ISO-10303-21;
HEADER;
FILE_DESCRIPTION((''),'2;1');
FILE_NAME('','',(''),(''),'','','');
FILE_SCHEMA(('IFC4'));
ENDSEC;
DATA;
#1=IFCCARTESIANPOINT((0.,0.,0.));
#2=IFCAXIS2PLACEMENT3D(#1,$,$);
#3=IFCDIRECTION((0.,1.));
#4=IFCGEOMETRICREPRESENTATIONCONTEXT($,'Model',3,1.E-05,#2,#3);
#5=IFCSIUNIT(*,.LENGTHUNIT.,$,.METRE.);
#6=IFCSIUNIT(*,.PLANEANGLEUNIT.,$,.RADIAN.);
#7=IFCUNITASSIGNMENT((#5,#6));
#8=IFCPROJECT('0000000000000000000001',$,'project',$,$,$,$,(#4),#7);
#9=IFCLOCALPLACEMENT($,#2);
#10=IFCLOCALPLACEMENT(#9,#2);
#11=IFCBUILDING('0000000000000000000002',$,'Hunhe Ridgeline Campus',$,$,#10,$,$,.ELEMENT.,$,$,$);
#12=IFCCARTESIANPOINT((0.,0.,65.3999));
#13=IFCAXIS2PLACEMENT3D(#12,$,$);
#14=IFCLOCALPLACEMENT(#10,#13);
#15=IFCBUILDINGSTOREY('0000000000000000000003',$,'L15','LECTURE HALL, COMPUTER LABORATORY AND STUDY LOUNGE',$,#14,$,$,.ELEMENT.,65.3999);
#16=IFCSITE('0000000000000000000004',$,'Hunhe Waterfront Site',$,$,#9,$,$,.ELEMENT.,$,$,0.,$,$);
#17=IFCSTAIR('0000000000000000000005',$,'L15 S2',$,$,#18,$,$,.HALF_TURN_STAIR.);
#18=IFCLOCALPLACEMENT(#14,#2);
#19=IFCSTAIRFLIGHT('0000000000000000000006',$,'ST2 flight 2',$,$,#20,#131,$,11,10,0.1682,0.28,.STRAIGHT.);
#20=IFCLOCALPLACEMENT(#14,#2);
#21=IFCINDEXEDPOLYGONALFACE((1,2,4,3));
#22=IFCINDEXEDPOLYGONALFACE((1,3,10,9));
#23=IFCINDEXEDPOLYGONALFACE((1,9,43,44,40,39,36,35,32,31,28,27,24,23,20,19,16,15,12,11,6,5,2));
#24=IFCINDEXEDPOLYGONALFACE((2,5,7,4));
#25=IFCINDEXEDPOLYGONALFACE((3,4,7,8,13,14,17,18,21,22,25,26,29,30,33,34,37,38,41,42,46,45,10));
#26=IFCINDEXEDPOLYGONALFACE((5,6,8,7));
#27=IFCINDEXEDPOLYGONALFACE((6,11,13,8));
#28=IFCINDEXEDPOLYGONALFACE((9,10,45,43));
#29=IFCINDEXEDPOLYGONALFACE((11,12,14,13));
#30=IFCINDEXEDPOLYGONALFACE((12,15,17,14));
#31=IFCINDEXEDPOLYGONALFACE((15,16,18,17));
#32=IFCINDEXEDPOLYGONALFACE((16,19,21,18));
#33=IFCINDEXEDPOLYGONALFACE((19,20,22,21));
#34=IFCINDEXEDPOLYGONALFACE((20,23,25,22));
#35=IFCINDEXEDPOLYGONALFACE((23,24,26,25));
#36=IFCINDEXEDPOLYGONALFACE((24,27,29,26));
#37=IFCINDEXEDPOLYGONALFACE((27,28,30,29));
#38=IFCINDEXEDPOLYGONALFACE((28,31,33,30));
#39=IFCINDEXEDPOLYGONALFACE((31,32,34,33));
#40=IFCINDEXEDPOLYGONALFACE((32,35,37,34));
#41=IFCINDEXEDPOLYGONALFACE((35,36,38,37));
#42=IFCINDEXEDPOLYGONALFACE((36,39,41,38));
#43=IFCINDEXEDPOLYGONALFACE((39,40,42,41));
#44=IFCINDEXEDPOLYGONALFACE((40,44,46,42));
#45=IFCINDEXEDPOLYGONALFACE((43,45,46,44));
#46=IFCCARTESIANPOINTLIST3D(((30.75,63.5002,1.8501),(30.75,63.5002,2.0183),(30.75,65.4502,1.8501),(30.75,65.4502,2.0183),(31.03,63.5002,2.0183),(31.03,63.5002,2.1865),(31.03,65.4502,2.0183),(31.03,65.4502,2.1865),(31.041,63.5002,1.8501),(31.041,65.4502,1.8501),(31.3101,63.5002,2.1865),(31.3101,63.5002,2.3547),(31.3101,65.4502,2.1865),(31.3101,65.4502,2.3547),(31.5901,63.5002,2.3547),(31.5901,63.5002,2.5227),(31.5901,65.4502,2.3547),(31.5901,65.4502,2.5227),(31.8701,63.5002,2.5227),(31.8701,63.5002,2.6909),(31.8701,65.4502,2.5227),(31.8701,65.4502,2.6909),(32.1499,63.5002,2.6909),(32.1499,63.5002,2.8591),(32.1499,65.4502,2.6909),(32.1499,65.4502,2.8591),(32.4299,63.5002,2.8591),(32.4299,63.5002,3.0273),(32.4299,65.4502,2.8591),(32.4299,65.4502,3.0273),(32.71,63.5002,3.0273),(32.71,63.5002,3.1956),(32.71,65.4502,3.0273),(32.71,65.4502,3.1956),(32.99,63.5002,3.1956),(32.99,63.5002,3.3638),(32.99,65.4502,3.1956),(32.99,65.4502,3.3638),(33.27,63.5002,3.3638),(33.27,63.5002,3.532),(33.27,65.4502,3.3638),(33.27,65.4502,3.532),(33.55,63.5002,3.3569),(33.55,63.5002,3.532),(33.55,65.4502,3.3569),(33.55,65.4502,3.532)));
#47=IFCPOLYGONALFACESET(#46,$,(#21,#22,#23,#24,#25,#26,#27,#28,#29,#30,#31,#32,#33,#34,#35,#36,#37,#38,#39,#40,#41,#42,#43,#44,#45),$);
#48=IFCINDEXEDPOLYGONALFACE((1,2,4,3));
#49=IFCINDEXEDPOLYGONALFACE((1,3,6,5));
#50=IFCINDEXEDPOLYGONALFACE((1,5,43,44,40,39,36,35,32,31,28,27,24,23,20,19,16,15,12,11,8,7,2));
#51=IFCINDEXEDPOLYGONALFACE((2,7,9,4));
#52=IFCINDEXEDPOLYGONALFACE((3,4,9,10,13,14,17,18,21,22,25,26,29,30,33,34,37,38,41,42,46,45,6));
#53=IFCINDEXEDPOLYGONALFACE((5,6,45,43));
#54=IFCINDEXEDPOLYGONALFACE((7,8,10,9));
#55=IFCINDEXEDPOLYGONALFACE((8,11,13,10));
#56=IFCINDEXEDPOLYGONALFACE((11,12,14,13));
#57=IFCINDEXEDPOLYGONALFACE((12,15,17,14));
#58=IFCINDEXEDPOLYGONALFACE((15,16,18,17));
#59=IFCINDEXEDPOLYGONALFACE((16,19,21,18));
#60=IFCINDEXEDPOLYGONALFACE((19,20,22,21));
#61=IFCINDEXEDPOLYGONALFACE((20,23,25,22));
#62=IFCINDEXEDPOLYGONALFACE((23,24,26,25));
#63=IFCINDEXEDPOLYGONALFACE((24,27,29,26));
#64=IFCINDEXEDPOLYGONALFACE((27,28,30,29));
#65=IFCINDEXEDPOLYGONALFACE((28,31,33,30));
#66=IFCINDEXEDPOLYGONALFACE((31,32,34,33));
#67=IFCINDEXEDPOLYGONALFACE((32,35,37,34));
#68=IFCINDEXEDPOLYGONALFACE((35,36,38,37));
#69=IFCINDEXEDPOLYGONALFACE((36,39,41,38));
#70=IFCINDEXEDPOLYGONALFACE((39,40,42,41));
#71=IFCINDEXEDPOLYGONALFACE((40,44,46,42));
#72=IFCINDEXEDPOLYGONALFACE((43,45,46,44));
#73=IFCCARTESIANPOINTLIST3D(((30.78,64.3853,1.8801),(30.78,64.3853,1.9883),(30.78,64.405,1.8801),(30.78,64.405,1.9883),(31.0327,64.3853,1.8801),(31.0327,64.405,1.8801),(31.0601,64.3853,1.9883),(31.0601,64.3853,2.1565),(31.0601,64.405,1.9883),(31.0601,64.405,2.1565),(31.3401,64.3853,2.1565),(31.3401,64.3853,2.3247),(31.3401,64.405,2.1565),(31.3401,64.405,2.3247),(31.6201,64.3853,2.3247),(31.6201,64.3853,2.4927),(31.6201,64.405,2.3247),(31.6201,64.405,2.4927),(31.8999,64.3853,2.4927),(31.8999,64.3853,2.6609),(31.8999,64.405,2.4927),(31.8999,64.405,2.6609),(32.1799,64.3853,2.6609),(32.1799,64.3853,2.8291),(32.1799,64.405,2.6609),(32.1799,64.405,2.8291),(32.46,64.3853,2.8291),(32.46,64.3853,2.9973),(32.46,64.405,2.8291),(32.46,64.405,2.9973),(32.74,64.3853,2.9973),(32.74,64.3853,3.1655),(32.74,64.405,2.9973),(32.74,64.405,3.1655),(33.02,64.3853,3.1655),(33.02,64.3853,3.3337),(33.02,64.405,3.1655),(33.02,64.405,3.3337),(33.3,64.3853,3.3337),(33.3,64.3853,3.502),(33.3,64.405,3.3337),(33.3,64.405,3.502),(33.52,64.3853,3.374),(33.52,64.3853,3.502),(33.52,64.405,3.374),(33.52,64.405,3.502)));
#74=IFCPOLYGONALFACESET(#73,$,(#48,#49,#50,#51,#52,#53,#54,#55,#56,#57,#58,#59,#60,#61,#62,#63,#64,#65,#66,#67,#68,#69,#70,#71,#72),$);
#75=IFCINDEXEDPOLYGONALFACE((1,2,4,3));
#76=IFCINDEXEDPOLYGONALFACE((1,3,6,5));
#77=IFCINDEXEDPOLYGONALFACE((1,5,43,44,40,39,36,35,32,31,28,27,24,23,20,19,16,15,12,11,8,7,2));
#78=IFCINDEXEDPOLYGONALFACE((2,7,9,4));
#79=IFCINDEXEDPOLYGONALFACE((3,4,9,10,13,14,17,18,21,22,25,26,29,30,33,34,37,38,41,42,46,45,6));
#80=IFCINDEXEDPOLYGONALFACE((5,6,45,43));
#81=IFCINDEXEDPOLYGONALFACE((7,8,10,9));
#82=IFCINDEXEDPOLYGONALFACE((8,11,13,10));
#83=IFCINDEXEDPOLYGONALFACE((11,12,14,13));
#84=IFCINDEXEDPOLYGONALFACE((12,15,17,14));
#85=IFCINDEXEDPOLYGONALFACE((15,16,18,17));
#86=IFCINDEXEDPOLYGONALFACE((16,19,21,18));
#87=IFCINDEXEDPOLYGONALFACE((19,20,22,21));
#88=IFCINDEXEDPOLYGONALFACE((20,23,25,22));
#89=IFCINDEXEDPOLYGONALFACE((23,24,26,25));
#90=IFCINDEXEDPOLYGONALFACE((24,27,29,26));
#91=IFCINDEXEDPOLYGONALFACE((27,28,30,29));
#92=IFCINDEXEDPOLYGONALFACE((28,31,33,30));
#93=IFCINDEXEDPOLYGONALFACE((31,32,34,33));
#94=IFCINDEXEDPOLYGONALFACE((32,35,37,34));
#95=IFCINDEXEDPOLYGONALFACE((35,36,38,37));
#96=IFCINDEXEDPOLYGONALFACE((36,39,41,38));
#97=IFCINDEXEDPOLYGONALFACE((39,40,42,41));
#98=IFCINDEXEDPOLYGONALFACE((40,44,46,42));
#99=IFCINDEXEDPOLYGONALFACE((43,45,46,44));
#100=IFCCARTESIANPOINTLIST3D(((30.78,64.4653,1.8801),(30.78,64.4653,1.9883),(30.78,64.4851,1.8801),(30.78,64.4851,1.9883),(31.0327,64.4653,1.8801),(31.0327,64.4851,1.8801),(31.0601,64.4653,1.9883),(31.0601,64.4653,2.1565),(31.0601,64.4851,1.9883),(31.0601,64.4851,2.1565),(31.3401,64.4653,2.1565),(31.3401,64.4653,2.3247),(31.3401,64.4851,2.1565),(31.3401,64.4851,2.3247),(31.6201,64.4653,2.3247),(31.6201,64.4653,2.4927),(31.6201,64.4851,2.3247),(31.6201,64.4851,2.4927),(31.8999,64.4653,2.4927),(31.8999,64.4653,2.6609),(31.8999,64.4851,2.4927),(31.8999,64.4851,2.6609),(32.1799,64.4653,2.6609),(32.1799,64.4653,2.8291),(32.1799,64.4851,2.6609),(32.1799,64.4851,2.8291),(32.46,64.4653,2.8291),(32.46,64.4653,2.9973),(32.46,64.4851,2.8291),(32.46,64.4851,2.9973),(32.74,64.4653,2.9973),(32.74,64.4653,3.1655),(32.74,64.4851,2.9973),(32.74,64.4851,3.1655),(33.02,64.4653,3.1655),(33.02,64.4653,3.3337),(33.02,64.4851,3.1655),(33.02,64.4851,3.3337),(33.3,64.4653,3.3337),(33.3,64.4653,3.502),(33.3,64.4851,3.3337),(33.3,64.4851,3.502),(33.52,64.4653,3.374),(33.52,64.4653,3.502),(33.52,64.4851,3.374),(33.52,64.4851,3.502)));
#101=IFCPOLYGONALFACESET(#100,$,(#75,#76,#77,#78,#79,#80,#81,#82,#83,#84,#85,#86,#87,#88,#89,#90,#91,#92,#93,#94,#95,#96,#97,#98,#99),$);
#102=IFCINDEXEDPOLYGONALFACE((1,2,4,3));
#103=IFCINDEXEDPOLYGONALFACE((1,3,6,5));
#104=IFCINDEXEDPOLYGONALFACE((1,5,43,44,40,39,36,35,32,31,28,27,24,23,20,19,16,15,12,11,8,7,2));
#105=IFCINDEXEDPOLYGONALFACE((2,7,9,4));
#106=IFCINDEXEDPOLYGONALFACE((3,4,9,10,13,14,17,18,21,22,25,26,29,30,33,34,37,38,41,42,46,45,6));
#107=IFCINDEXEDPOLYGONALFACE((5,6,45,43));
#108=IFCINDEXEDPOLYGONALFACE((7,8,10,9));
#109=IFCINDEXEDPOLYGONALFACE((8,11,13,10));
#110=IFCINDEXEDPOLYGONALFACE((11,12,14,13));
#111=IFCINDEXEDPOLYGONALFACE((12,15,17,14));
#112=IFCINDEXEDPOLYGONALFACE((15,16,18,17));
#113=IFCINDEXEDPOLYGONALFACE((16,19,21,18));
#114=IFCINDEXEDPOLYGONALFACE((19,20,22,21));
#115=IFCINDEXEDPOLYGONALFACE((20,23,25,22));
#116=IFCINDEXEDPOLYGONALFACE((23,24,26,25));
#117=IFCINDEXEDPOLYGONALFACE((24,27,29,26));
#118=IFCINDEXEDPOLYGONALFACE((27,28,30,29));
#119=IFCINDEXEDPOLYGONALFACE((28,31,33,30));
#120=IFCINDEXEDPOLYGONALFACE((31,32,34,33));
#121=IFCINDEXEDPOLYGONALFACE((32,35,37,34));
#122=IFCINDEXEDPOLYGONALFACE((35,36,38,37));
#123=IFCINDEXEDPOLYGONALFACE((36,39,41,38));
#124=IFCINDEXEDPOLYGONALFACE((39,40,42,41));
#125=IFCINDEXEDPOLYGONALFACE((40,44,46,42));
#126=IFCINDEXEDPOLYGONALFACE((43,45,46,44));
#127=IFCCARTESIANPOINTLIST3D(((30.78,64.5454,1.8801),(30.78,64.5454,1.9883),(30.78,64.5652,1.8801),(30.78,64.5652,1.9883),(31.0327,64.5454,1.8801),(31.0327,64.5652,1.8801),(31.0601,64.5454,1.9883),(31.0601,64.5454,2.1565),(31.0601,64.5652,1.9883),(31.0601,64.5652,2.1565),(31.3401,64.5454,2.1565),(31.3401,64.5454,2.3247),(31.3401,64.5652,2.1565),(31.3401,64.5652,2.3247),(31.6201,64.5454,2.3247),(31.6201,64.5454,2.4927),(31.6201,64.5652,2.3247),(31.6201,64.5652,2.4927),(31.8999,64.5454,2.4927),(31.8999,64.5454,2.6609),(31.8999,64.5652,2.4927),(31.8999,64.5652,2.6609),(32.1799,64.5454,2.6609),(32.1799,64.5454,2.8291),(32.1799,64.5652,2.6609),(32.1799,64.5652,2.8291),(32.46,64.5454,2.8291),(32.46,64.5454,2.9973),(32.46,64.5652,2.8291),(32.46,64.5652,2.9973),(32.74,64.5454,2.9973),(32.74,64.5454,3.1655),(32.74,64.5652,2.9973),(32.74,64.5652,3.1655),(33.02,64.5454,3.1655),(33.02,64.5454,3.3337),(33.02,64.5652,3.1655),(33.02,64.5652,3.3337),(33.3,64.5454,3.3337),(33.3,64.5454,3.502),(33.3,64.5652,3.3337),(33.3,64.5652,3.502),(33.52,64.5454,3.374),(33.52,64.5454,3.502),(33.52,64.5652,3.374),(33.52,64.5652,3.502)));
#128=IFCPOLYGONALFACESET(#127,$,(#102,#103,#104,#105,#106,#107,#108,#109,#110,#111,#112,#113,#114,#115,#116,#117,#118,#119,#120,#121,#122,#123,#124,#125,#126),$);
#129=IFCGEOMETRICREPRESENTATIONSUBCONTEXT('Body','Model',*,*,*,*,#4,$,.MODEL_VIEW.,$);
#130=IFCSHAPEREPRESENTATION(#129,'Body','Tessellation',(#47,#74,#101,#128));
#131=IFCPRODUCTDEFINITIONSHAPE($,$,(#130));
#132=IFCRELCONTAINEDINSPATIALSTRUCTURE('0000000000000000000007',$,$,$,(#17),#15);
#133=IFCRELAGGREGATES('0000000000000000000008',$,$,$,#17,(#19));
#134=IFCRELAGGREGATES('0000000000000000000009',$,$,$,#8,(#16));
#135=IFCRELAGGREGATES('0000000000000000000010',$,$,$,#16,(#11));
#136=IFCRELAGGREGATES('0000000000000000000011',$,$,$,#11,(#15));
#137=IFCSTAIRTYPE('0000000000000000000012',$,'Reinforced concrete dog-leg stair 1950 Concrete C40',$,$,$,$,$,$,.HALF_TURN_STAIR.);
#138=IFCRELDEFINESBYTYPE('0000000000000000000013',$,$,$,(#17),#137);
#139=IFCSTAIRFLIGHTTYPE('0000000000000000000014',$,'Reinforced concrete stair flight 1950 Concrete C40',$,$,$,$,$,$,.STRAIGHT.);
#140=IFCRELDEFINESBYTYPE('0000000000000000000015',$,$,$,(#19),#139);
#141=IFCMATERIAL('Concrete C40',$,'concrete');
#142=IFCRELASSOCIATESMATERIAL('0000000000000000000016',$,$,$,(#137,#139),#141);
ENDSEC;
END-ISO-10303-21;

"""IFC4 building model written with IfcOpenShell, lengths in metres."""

from ifc_helpers import new_model, si_unit, direction, frame, origin, place, context, subcontext, project, spatial, polyline, outline, extrude, material, type_object, element, aggregate, save


model = new_model("IFC4")

# Units and contexts
model_context = context("Model", 3, precision=1e-05, world=origin(), true_north=direction((0.0, 1.0)))
body_context = subcontext(model_context, "Body", "Model", "MODEL_VIEW")
ifc_project = project(units=[si_unit("LENGTHUNIT", "METRE"), si_unit("PLANEANGLEUNIT", "RADIAN")], contexts=[model_context])

# Site, building, storey
site_placement = place(None, origin())
site = spatial("IfcSite", under=ifc_project, at=site_placement, Name="Hunhe Waterfront Site", CompositionType="ELEMENT", RefElevation=0.0)
building_placement = place(site_placement, origin())
building = spatial("IfcBuilding", under=site, at=building_placement, Name="Hunhe Ridgeline Campus", CompositionType="ELEMENT")
storey_placement = place(building_placement, frame((0.0, 0.0, 65.3999)))
storey = spatial("IfcBuildingStorey", under=building, at=storey_placement, Name="L15", Description="LECTURE HALL, COMPUTER LABORATORY AND STUDY LOUNGE", CompositionType="ELEMENT", Elevation=65.3999)

# Stair, stair flight
ifc_material_1 = material(Name="Concrete C40", Category="concrete")
stair_type = type_object("IfcStairType", Name="Reinforced concrete dog-leg stair 1950 Concrete C40", PredefinedType="HALF_TURN_STAIR", material=ifc_material_1)
stair_placement = place(storey_placement, origin())
stair = element("IfcStair", 1, at=stair_placement, inside=storey, type_object=stair_type, Name="L15 S2", PredefinedType="HALF_TURN_STAIR")
stair_flight_type = type_object("IfcStairFlightType", Name="Reinforced concrete stair flight 1950 Concrete C40", PredefinedType="STRAIGHT", material=ifc_material_1)
stair_flight_placement = place(storey_placement, frame((30.75, 64.4751, 1.8501), z_axis=(0.0, 0.0, 1.0), x_axis=(1.0, 0.0, 0.0)))
stair_flight = element("IfcStairFlight", 2, at=stair_flight_placement, type_object=stair_flight_type, Name="ST2 flight 2", NumberOfRisers=11, NumberOfTreads=10, PredefinedType="STRAIGHT", RiserHeight=0.1682, TreadLength=0.28, context=body_context, shape_type="SweptSolid", body=[
    extrude(outline(polyline([(0.0, 0.0), (0.0, 0.1682), (0.28, 0.1682), (0.28, 0.3364), (0.5601, 0.3364), (0.5601, 0.5046), (0.8401, 0.5046), (0.8401, 0.6726), (1.1201, 0.6726), (1.1201, 0.8408), (1.3999, 0.8408), (1.3999, 1.009), (1.6799, 1.009), (1.6799, 1.1772), (1.96, 1.1772), (1.96, 1.3455), (2.24, 1.3455), (2.24, 1.5137), (2.52, 1.5137), (2.52, 1.6819), (2.8, 1.6819), (2.8, 1.8501), (2.8, 1.5068), (0.291, 0.0), (0.0, 0.0)])), frame((0.0, 0.9751, 0.0), z_axis=(0.0, -1.0, 0.0), x_axis=(1.0, 0.0, 0.0)), (0.0, 0.0, 1.0), 1.95),
    extrude(outline(polyline([(0.03, 0.03), (0.03, 0.1382), (0.3101, 0.1382), (0.3101, 0.3064), (0.5901, 0.3064), (0.5901, 0.4746), (0.8701, 0.4746), (0.8701, 0.6426), (1.1499, 0.6426), (1.1499, 0.8108), (1.4299, 0.8108), (1.4299, 0.979), (1.71, 0.979), (1.71, 1.1472), (1.99, 1.1472), (1.99, 1.3154), (2.27, 1.3154), (2.27, 1.4836), (2.55, 1.4836), (2.55, 1.6519), (2.77, 1.6519), (2.77, 1.5239), (0.2827, 0.03), (0.03, 0.03)])), frame((0.0, -0.0701, 0.0), z_axis=(0.0, -1.0, 0.0), x_axis=(1.0, 0.0, 0.0)), (0.0, 0.0, 1.0), 0.0198),
    extrude(outline(polyline([(0.03, 0.03), (0.03, 0.1382), (0.3101, 0.1382), (0.3101, 0.3064), (0.5901, 0.3064), (0.5901, 0.4746), (0.8701, 0.4746), (0.8701, 0.6426), (1.1499, 0.6426), (1.1499, 0.8108), (1.4299, 0.8108), (1.4299, 0.979), (1.71, 0.979), (1.71, 1.1472), (1.99, 1.1472), (1.99, 1.3154), (2.27, 1.3154), (2.27, 1.4836), (2.55, 1.4836), (2.55, 1.6519), (2.77, 1.6519), (2.77, 1.5239), (0.2827, 0.03), (0.03, 0.03)])), frame((0.0, 0.01, 0.0), z_axis=(0.0, -1.0, 0.0), x_axis=(1.0, 0.0, 0.0)), (0.0, 0.0, 1.0), 0.0198),
    extrude(outline(polyline([(0.03, 0.03), (0.03, 0.1382), (0.3101, 0.1382), (0.3101, 0.3064), (0.5901, 0.3064), (0.5901, 0.4746), (0.8701, 0.4746), (0.8701, 0.6426), (1.1499, 0.6426), (1.1499, 0.8108), (1.4299, 0.8108), (1.4299, 0.979), (1.71, 0.979), (1.71, 1.1472), (1.99, 1.1472), (1.99, 1.3154), (2.27, 1.3154), (2.27, 1.4836), (2.55, 1.4836), (2.55, 1.6519), (2.77, 1.6519), (2.77, 1.5239), (0.2827, 0.03), (0.03, 0.03)])), frame((0.0, 0.0901, 0.0), z_axis=(0.0, -1.0, 0.0), x_axis=(1.0, 0.0, 0.0)), (0.0, 0.0, 1.0), 0.0198),
])
aggregate(stair, [stair_flight])

save(model, "model.ifc")
